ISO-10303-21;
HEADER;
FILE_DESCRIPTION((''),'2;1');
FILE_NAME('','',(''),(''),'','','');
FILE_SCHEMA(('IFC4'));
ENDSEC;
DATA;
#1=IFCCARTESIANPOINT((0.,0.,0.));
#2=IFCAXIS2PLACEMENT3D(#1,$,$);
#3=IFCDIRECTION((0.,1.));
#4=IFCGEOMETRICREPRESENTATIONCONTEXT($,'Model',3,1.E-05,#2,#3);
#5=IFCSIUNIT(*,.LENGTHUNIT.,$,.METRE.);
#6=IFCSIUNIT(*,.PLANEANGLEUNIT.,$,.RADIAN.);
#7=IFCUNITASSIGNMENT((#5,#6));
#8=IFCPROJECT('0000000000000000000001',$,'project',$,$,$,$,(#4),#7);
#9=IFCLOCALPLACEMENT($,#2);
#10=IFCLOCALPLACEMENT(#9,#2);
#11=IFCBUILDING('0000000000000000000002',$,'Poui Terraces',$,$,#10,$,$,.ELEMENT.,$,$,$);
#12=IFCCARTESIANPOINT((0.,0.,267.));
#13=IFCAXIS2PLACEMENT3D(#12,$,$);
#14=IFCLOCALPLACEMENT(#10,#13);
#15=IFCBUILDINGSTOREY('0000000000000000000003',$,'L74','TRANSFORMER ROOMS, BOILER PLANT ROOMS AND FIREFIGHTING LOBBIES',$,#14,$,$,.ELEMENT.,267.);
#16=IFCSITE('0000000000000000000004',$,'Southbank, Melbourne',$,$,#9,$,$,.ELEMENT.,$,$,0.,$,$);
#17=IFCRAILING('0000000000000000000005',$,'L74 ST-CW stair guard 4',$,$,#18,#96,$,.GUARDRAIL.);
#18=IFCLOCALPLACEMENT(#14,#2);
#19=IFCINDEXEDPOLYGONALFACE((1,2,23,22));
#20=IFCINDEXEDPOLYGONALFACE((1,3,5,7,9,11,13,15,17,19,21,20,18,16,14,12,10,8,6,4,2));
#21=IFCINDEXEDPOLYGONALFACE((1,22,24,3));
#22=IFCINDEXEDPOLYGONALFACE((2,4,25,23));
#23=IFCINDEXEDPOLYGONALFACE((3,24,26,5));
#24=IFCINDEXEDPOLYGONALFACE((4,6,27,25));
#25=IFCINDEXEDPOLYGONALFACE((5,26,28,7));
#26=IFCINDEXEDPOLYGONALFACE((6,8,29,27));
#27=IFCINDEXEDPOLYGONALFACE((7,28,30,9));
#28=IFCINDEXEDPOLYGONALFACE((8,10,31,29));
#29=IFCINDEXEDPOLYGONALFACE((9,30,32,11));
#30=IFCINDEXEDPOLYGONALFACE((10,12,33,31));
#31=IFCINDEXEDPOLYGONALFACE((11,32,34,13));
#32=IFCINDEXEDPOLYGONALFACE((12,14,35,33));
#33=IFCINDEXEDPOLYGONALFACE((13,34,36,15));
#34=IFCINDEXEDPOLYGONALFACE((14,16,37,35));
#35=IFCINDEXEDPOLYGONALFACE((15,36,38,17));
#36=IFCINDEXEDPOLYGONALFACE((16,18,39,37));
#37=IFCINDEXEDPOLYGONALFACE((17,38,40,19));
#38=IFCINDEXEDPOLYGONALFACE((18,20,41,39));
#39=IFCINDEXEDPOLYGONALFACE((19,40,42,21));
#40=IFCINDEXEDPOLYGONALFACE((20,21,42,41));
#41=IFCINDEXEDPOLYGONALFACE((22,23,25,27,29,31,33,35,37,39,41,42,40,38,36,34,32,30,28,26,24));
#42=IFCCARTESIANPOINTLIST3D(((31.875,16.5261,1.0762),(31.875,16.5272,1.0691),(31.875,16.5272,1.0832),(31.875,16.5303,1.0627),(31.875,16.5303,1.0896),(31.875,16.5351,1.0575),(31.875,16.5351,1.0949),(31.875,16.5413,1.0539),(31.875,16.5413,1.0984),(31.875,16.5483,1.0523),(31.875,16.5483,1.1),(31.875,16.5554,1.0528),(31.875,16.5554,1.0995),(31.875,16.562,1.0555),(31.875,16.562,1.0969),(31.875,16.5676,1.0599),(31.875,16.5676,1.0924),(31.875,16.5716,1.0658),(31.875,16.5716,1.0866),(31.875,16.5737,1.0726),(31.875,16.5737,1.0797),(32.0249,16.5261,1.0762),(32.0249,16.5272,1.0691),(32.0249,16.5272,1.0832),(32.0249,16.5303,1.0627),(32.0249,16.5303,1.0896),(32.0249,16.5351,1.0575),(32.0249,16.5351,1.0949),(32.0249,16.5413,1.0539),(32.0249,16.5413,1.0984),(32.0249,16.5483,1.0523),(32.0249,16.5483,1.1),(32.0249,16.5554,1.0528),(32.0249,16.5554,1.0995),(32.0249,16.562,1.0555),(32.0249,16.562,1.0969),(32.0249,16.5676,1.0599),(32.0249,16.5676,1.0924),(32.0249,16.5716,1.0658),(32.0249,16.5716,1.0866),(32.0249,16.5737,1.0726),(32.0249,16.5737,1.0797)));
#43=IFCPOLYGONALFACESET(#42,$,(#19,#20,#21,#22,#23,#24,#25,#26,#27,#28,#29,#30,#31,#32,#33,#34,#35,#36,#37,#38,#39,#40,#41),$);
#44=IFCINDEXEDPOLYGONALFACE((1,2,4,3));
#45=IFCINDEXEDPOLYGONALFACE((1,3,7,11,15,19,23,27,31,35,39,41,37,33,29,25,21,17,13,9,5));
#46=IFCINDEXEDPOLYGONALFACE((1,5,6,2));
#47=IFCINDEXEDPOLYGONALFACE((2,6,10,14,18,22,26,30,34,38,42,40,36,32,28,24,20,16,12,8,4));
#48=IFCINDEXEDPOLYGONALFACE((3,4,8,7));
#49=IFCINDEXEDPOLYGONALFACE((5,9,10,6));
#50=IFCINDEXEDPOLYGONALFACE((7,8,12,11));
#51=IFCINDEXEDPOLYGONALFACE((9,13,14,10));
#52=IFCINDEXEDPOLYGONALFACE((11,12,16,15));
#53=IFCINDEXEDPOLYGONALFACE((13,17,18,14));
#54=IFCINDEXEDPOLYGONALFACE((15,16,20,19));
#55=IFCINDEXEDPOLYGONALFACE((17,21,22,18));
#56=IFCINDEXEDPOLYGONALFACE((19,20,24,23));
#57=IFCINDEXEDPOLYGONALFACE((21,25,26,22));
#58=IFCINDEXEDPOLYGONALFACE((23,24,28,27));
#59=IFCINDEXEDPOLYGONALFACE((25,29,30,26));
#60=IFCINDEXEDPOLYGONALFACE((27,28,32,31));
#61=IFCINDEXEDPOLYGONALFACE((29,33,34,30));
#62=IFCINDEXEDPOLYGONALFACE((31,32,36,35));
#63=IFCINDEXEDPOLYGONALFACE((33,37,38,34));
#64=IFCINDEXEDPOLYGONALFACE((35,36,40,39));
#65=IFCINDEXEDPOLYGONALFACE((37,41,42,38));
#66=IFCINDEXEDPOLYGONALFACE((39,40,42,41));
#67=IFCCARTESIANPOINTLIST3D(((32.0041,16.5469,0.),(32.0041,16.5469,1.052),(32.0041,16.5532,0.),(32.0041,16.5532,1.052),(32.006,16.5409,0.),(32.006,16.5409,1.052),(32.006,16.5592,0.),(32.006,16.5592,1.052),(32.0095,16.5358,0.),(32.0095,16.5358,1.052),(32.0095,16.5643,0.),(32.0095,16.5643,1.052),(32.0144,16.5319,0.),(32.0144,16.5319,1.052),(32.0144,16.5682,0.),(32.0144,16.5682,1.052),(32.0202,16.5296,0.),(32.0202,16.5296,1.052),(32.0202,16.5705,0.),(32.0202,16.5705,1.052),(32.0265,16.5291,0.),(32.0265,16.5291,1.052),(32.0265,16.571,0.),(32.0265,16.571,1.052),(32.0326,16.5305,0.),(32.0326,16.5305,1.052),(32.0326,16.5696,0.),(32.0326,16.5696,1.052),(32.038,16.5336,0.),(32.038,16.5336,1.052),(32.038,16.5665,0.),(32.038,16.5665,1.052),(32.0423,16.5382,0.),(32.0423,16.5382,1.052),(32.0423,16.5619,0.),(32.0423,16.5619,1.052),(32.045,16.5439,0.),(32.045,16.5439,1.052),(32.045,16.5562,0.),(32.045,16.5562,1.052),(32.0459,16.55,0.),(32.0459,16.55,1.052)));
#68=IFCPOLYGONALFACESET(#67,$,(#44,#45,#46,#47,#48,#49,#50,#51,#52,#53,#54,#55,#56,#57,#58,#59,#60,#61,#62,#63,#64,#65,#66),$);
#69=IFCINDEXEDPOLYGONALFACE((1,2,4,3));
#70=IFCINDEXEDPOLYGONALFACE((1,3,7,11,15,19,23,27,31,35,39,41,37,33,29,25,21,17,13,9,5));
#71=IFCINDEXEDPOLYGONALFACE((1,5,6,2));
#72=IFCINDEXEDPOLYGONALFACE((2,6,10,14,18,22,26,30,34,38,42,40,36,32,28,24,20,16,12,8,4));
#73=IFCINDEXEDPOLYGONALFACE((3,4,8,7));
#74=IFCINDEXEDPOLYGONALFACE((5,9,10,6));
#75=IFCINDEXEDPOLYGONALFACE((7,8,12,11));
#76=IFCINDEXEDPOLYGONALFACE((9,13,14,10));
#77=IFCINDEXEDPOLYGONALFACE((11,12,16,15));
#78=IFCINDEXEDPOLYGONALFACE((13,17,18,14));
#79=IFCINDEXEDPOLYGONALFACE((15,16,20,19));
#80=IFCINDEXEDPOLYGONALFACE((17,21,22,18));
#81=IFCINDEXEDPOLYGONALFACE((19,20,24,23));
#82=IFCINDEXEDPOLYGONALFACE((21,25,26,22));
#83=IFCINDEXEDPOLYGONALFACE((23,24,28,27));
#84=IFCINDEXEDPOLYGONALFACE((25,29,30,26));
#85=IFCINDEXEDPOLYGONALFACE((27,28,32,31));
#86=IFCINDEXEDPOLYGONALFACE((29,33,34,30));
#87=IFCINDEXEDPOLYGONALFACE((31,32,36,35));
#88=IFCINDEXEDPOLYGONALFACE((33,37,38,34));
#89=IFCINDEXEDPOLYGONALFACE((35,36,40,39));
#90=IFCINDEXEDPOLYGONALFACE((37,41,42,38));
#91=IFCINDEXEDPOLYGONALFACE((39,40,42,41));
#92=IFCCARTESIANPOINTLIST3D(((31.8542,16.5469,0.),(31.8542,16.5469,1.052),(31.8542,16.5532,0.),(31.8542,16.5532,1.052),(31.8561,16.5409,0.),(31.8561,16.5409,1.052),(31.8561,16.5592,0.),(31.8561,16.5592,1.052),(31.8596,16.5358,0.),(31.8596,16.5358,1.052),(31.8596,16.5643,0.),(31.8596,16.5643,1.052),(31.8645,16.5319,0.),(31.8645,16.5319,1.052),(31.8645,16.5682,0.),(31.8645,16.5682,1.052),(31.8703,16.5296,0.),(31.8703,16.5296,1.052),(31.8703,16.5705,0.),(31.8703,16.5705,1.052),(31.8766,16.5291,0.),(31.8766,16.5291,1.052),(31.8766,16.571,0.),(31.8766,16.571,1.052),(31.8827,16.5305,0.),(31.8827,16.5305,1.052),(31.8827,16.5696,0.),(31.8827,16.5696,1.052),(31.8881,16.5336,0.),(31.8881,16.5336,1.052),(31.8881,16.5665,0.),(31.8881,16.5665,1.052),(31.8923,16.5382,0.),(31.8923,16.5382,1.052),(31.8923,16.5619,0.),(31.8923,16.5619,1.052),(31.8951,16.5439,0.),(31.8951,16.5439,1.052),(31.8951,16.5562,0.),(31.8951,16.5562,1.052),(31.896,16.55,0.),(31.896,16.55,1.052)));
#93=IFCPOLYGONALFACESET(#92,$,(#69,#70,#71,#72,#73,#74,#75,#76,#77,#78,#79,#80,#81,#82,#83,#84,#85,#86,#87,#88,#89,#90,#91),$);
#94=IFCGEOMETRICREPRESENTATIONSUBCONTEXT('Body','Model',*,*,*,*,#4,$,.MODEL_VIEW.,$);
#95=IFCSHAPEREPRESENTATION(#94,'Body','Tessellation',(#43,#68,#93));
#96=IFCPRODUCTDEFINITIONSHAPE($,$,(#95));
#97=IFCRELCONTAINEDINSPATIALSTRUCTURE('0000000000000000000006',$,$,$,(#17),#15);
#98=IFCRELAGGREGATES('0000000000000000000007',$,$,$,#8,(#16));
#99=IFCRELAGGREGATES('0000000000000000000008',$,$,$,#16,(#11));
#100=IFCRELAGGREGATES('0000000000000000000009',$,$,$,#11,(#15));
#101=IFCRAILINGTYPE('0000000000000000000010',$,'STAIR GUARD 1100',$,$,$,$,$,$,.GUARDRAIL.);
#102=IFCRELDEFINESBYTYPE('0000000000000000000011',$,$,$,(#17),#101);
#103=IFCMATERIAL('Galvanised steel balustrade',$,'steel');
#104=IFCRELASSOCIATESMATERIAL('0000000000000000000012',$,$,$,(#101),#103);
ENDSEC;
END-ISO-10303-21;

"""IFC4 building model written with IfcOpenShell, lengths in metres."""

from ifc_helpers import new_model, si_unit, direction, frame, origin, origin_2d, place, context, subcontext, project, spatial, circle, extrude, material, type_object, element, save


model = new_model("IFC4")

# Units and contexts
model_context = context("Model", 3, precision=1e-05, world=origin(), true_north=direction((0.0, 1.0)))
body_context = subcontext(model_context, "Body", "Model", "MODEL_VIEW")
ifc_project = project(units=[si_unit("LENGTHUNIT", "METRE"), si_unit("PLANEANGLEUNIT", "RADIAN")], contexts=[model_context])

# Site, building, storey
site_placement = place(None, origin())
site = spatial("IfcSite", under=ifc_project, at=site_placement, Name="Southbank, Melbourne", CompositionType="ELEMENT", RefElevation=0.0)
building_placement = place(site_placement, origin())
building = spatial("IfcBuilding", under=site, at=building_placement, Name="Poui Terraces", CompositionType="ELEMENT")
storey_placement = place(building_placement, frame((0.0, 0.0, 267.0)))
storey = spatial("IfcBuildingStorey", under=building, at=storey_placement, Name="L74", Description="TRANSFORMER ROOMS, BOILER PLANT ROOMS AND FIREFIGHTING LOBBIES", CompositionType="ELEMENT", Elevation=267.0)

# Railing
ifc_material_1 = material(Name="Galvanised steel balustrade", Category="steel")
railing_type_1 = type_object("IfcRailingType", Name="STAIR GUARD 1100", PredefinedType="GUARDRAIL", material=ifc_material_1)
railing_1_placement = place(storey_placement, frame((32.0249, 16.55, 0.0)))
element("IfcRailing", 1, at=railing_1_placement, inside=storey, type_object=railing_type_1, Name="L74 ST-CW stair guard 4", PredefinedType="GUARDRAIL", context=body_context, shape_type="SweptSolid", body=[
    extrude(circle(Radius=0.0239, at=origin_2d()), frame((0.0, 0.0, 1.0762), z_axis=(-1.0, 0.0, 0.0), x_axis=(0.0, -1.0, 0.0)), (0.0, 0.0, 1.0), 0.1499),
    extrude(circle(Radius=0.021, at=origin_2d()), origin(), (0.0, 0.0, 1.0), 1.052),
    extrude(circle(Radius=0.021, at=origin_2d()), frame((-0.1499, 0.0, 0.0)), (0.0, 0.0, 1.0), 1.052),
])

save(model, "model.ifc")
